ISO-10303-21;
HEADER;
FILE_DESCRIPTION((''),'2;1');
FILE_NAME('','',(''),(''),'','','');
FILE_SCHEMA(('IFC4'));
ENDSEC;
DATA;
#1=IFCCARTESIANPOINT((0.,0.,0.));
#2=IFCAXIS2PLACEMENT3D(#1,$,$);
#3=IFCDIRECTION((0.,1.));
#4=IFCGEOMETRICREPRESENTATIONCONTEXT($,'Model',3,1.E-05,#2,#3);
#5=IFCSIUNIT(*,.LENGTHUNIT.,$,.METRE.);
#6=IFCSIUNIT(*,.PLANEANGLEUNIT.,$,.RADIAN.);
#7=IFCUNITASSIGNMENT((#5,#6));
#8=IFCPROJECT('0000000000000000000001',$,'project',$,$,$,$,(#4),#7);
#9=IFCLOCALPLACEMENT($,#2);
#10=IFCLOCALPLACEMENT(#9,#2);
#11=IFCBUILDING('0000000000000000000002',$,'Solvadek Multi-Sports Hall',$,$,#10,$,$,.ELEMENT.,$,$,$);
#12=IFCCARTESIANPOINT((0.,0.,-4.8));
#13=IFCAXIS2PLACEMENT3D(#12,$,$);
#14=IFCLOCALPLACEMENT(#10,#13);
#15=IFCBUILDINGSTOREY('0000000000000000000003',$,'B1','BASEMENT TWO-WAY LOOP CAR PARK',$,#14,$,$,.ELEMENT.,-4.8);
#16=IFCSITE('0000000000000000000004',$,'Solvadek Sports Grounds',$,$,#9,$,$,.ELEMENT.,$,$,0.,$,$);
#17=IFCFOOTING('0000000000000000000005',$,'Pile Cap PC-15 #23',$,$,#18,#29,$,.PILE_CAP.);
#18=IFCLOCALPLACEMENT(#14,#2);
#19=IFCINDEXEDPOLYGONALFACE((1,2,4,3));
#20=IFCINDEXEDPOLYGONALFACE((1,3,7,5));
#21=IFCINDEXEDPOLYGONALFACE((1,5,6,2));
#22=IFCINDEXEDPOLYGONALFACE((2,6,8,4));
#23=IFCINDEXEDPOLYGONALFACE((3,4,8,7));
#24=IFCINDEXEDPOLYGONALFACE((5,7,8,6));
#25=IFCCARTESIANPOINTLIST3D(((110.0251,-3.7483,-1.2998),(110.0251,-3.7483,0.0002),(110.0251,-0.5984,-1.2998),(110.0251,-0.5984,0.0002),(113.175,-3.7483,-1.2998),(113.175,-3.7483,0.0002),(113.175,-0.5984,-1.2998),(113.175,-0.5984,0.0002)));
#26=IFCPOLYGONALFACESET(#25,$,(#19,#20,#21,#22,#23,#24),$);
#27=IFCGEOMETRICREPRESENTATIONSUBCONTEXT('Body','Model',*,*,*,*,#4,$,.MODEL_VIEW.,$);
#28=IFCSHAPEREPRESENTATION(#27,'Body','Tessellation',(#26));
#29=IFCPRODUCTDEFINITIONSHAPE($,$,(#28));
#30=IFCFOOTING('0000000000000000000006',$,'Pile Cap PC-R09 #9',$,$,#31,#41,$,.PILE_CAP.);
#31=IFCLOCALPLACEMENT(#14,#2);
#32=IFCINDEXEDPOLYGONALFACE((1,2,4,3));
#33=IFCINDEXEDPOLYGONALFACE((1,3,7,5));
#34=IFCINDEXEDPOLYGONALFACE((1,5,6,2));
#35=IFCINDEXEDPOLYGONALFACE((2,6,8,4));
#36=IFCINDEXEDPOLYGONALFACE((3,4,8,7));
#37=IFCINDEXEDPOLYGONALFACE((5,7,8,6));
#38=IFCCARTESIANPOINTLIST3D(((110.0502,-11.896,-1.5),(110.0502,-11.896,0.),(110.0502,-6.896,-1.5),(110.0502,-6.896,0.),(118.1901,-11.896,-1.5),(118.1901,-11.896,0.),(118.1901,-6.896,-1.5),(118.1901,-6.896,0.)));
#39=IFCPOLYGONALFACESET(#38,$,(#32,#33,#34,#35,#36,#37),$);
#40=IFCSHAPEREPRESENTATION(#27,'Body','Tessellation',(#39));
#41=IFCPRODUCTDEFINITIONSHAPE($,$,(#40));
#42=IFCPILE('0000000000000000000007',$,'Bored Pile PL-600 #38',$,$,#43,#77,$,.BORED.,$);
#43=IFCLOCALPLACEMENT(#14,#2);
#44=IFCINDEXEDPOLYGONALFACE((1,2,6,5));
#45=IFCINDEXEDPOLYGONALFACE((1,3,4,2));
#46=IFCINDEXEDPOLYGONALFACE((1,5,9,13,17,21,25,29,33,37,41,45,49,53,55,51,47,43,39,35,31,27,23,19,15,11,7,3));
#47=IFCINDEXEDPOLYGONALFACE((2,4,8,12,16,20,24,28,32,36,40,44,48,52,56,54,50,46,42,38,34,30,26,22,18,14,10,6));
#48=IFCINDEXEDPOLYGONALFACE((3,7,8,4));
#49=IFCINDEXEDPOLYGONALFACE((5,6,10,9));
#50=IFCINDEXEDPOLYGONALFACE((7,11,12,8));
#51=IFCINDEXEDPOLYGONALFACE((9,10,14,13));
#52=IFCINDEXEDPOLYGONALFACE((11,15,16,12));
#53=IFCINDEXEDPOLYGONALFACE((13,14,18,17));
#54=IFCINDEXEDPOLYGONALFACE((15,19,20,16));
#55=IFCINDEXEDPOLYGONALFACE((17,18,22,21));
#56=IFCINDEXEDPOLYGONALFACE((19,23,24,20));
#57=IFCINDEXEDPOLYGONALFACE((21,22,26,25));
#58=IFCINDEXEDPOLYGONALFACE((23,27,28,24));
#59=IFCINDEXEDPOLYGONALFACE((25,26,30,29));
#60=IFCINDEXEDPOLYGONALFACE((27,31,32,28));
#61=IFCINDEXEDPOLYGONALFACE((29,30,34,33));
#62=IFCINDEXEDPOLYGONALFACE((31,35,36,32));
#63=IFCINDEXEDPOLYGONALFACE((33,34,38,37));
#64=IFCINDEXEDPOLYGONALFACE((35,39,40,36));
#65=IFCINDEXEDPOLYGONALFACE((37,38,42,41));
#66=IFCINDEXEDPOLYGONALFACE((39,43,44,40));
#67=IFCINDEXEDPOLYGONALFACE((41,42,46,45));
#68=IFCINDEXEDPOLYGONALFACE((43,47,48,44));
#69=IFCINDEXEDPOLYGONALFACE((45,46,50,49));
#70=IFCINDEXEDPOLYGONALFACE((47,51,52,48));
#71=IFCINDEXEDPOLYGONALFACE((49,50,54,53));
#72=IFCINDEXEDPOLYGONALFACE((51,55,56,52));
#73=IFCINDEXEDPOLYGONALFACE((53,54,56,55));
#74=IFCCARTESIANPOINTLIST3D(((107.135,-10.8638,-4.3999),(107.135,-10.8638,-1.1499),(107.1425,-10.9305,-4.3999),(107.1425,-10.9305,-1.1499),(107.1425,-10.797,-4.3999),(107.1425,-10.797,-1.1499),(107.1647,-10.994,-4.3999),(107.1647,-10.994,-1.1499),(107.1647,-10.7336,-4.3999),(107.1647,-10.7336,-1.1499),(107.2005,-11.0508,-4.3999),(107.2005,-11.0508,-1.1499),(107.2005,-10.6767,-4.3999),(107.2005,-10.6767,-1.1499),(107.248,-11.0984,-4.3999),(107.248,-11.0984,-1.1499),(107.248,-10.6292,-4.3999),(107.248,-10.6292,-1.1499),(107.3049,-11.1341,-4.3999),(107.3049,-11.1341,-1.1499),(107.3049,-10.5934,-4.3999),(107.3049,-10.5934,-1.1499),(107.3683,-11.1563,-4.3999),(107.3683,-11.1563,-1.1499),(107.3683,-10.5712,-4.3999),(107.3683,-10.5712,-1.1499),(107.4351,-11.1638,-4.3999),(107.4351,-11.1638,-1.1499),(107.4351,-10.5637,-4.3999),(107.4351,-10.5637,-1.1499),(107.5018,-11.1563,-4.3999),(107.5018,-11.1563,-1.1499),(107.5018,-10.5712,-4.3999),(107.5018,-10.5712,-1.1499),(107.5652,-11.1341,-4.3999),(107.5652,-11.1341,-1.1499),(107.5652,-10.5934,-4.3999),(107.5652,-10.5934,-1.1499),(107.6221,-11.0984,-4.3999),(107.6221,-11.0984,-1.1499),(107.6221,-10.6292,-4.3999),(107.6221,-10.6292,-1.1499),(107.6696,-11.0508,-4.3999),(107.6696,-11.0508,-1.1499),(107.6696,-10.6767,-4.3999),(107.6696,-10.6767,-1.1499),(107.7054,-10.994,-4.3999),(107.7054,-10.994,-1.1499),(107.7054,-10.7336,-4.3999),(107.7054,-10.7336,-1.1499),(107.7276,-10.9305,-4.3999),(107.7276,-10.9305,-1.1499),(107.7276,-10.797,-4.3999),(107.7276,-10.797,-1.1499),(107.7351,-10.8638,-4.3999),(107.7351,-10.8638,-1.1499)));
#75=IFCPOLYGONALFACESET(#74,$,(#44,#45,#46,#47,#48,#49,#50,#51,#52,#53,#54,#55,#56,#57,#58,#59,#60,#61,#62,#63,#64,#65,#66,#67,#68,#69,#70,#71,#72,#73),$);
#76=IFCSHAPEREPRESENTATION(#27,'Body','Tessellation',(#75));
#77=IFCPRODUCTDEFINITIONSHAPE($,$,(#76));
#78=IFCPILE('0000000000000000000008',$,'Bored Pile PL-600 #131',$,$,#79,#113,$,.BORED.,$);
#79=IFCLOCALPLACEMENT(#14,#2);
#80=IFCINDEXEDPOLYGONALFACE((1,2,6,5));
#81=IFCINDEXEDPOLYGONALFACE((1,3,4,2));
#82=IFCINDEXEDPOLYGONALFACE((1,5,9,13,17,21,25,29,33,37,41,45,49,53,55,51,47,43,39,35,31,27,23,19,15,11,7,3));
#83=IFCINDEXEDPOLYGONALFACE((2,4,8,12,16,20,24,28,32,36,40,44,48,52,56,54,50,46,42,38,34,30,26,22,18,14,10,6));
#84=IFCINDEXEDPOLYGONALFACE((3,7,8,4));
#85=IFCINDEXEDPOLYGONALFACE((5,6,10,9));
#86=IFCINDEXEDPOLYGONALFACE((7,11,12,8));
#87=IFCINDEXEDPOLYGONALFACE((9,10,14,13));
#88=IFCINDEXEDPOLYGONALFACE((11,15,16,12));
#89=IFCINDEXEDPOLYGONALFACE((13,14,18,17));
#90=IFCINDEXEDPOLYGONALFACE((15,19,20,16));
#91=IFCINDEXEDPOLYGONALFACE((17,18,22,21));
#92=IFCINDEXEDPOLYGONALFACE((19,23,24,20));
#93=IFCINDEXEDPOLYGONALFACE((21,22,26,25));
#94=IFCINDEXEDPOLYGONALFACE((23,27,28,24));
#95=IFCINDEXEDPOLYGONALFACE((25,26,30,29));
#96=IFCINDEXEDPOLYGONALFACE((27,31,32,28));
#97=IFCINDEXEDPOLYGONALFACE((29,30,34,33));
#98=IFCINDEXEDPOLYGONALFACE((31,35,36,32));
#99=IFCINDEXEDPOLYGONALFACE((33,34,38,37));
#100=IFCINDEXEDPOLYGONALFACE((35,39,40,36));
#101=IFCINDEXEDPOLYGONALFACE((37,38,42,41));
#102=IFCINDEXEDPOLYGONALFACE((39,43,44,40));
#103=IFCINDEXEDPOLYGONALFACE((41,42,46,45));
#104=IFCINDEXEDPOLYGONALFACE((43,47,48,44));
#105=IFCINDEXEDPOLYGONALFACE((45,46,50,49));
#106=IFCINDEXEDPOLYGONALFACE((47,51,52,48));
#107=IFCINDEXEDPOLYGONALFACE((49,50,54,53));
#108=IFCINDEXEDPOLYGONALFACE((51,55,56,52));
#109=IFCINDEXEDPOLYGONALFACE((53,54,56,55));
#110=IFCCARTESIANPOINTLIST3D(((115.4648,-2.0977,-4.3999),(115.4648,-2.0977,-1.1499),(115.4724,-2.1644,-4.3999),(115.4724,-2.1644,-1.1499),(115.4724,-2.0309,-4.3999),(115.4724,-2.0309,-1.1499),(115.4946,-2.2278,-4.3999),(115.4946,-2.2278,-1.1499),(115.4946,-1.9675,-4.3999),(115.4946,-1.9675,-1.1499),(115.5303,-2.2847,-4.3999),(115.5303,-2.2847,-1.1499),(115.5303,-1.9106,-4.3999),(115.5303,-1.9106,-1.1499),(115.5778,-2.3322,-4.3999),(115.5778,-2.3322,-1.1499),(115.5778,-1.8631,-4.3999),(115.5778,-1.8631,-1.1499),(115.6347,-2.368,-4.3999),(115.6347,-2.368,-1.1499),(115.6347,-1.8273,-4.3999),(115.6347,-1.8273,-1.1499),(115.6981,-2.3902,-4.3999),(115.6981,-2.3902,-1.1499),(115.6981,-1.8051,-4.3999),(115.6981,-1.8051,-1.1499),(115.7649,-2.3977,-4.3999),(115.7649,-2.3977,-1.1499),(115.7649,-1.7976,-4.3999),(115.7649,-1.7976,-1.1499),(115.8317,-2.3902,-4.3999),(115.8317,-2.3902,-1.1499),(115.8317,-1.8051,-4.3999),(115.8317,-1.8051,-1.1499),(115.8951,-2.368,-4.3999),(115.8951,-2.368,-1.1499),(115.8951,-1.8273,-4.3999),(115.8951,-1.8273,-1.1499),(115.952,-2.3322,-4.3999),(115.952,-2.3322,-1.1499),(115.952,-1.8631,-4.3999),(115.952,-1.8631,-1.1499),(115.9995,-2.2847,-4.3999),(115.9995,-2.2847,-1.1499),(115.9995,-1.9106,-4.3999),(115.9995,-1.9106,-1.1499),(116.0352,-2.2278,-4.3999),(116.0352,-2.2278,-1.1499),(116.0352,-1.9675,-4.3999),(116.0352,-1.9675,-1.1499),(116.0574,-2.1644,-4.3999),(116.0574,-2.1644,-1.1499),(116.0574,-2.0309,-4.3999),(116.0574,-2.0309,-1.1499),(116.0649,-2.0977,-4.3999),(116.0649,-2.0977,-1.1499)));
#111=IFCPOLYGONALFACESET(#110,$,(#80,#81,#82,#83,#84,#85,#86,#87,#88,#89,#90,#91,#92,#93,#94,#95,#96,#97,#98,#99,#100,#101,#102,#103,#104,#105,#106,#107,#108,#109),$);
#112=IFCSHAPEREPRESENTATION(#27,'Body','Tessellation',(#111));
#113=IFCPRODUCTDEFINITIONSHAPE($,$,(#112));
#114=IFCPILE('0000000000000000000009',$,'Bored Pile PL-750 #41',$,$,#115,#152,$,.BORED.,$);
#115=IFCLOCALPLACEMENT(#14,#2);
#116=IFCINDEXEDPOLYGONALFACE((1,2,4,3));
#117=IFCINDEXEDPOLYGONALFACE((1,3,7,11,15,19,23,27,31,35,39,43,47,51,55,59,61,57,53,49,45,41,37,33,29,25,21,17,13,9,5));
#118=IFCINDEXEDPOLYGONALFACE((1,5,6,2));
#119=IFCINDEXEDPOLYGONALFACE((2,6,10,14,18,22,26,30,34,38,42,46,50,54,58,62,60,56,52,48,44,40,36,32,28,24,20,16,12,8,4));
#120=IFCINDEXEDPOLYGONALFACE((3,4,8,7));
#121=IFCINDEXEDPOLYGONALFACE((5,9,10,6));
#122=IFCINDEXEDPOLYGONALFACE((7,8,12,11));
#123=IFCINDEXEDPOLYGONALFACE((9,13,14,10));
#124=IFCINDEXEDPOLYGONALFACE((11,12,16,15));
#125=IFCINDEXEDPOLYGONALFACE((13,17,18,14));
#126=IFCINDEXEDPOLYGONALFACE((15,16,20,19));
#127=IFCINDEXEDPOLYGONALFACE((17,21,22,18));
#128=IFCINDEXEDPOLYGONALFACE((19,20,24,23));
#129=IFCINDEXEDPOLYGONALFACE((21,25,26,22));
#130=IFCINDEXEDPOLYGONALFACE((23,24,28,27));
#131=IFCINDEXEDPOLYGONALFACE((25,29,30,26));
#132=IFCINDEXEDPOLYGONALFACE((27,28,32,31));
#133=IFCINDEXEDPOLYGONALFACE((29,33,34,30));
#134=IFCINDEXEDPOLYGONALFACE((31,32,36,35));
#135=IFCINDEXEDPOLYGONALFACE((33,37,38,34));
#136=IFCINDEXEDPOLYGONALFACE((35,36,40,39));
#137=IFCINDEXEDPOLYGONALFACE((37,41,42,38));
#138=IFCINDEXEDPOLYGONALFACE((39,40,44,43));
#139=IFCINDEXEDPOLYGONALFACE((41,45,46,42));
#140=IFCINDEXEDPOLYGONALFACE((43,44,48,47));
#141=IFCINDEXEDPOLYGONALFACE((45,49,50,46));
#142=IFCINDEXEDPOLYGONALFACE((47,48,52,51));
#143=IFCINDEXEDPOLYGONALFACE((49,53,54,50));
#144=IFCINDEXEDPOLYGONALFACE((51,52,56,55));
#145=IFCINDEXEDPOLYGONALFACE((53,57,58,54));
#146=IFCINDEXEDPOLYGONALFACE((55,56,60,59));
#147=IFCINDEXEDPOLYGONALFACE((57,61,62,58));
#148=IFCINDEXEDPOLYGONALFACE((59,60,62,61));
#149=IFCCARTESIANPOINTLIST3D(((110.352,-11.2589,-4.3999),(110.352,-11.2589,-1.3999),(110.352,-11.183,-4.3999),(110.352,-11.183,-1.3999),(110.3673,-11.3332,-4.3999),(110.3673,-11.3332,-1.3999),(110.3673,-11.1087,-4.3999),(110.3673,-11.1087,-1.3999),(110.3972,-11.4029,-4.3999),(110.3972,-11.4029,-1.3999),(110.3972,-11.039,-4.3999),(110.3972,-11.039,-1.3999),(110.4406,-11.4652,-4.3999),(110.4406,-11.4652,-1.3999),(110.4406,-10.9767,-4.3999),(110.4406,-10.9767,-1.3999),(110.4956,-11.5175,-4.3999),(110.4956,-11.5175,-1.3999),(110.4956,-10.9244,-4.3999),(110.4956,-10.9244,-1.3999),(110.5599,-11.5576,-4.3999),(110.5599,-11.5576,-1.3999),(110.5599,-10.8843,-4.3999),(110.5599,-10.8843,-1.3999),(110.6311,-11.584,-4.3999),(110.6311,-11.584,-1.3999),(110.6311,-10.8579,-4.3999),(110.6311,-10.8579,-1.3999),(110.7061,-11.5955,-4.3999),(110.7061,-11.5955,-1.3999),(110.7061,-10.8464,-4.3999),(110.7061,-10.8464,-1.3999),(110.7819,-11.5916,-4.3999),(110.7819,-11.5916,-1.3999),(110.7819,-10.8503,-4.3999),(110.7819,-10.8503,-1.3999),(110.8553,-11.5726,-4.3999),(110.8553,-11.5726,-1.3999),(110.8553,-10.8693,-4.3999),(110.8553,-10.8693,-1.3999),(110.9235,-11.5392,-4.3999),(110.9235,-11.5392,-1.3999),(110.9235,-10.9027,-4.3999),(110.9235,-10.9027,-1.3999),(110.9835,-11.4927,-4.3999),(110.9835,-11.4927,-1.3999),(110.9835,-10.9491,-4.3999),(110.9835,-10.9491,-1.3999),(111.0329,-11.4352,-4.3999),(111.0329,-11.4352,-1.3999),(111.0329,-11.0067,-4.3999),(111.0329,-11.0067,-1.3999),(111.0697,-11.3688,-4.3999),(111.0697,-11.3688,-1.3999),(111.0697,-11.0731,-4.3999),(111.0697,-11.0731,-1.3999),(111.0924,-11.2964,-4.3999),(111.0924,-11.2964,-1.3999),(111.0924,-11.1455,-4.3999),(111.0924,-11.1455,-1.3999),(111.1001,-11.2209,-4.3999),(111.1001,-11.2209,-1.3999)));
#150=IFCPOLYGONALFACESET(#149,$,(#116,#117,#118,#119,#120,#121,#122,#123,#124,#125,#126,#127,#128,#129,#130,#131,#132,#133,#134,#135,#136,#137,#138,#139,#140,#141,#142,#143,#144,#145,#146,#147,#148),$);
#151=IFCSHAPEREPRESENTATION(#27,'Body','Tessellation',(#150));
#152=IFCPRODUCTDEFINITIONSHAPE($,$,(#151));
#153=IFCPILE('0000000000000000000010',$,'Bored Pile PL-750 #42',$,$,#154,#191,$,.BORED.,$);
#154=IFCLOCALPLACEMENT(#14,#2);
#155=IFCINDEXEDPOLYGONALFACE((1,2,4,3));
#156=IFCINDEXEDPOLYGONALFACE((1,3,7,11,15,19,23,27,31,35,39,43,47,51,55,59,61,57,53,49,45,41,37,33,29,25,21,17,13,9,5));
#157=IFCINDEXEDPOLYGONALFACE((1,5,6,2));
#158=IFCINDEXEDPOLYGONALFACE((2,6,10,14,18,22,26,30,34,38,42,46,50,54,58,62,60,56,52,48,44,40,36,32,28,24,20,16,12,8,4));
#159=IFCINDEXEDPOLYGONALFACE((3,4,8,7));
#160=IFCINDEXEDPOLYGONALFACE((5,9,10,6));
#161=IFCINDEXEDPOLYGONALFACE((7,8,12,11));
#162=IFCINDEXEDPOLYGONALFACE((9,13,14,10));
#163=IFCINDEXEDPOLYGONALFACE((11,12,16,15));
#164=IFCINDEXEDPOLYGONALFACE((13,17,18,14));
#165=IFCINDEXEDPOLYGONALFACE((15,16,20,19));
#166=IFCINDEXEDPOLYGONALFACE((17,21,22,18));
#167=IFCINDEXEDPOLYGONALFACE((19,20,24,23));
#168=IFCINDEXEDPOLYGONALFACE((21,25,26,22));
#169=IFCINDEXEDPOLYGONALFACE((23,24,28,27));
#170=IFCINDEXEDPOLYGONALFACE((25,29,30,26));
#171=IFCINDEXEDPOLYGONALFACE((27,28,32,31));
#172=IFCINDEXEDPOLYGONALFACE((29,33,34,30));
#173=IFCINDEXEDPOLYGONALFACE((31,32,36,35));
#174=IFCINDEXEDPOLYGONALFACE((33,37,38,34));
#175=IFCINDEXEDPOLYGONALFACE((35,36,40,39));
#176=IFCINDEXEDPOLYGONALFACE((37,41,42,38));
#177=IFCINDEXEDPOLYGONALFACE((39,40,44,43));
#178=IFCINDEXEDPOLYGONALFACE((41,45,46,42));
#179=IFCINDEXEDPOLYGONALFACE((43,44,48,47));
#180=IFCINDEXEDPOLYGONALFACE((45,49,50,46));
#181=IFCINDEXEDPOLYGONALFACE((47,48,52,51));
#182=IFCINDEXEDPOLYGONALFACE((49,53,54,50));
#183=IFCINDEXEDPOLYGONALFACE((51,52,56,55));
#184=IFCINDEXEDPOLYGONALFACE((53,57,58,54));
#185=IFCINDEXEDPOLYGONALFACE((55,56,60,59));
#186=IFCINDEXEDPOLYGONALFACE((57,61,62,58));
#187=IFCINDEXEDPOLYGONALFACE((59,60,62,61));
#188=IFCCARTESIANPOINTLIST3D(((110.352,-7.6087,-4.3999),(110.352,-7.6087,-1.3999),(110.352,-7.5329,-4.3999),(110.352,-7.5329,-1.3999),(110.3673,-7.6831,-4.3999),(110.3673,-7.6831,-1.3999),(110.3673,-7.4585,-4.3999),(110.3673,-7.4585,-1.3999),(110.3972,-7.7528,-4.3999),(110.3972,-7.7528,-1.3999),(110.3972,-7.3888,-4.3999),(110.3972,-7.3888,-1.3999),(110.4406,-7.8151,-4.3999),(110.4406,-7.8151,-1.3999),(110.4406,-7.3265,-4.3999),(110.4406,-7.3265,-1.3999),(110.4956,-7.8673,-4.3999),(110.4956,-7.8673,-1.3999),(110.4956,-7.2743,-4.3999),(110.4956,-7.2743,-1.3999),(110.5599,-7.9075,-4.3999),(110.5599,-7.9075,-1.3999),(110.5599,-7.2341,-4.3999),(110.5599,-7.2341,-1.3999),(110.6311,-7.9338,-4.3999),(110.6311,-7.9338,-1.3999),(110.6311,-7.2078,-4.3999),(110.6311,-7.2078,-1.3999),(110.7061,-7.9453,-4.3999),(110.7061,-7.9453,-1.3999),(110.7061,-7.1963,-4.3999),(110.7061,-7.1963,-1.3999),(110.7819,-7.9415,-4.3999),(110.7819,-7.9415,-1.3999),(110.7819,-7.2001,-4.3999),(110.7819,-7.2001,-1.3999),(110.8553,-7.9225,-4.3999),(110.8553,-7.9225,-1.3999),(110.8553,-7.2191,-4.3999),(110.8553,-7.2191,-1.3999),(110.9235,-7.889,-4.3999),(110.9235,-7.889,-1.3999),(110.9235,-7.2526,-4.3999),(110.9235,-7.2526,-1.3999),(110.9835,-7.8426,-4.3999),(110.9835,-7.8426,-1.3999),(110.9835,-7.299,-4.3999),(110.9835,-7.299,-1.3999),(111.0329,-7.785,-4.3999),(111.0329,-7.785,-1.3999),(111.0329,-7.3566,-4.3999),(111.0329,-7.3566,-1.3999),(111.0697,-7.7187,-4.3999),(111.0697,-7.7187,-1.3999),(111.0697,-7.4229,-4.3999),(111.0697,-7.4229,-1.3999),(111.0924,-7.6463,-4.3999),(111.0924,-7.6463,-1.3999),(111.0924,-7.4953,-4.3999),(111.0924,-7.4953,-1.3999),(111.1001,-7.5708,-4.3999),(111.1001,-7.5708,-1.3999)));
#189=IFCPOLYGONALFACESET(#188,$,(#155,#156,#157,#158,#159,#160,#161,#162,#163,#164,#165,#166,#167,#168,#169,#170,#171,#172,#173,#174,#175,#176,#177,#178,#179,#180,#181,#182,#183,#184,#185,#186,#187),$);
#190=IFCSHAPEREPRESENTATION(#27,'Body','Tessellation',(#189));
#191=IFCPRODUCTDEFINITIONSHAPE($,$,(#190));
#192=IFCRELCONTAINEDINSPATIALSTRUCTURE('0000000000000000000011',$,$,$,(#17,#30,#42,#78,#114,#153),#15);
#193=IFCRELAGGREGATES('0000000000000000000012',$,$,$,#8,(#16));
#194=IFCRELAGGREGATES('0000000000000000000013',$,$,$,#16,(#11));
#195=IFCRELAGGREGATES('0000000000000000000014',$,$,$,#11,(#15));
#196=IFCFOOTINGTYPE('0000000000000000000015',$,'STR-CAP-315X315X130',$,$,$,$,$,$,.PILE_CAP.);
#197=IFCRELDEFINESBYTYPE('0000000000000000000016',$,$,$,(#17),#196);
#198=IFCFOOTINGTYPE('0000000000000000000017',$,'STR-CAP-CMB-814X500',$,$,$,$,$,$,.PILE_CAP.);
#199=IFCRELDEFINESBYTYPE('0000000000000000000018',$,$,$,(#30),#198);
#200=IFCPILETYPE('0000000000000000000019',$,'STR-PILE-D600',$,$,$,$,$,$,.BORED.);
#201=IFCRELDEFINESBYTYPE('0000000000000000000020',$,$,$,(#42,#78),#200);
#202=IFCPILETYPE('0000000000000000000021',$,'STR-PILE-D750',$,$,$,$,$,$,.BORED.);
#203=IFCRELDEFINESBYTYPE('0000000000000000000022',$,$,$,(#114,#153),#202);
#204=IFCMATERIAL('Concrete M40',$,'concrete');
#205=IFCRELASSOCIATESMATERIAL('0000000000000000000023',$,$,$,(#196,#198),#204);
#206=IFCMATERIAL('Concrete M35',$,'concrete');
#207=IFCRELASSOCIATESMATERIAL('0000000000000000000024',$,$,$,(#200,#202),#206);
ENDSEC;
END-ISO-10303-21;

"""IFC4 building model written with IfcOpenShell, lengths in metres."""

from ifc_helpers import new_model, si_unit, direction, frame, origin, origin_2d, place, context, subcontext, project, spatial, rectangle, circle, extrude, material, material_profile, profile_set, type_object, element, save


model = new_model("IFC4")

# Units and contexts
model_context = context("Model", 3, precision=1e-05, world=origin(), true_north=direction((0.0, 1.0)))
body_context = subcontext(model_context, "Body", "Model", "MODEL_VIEW")
ifc_project = project(units=[si_unit("LENGTHUNIT", "METRE"), si_unit("PLANEANGLEUNIT", "RADIAN")], contexts=[model_context])

# Site, building, storey
site_placement = place(None, origin())
site = spatial("IfcSite", under=ifc_project, at=site_placement, Name="Solvadek Sports Grounds", CompositionType="ELEMENT", RefElevation=0.0)
building_placement = place(site_placement, origin())
building = spatial("IfcBuilding", under=site, at=building_placement, Name="Solvadek Multi-Sports Hall", CompositionType="ELEMENT")
storey_placement = place(building_placement, frame((0.0, 0.0, -4.8)))
storey = spatial("IfcBuildingStorey", under=building, at=storey_placement, Name="B1", Description="BASEMENT TWO-WAY LOOP CAR PARK", CompositionType="ELEMENT", Elevation=-4.8)

# Footings
ifc_material_1 = material(Name="Concrete M40", Category="concrete")
footing_type_1 = type_object("IfcFootingType", Name="STR-CAP-315X315X130", PredefinedType="PILE_CAP", material=ifc_material_1)
footing_1_placement = place(storey_placement, frame((111.6001, -2.1733, -1.2998), z_axis=(0.0, 0.0, 1.0), x_axis=(1.0, 0.0, 0.0)))
element("IfcFooting", 1, at=footing_1_placement, inside=storey, type_object=footing_type_1, Name="Pile Cap PC-15 #23", PredefinedType="PILE_CAP", context=body_context, shape_type="SweptSolid", body=[
    extrude(rectangle(XDim=3.1499, YDim=3.1499, at=origin_2d()), origin(), (0.0, 0.0, 1.0), 1.3),
])
footing_type_2 = type_object("IfcFootingType", Name="STR-CAP-CMB-814X500", PredefinedType="PILE_CAP", material=ifc_material_1)
footing_2_placement = place(storey_placement, frame((114.1201, -9.396, -1.5), z_axis=(0.0, 0.0, 1.0), x_axis=(1.0, 0.0, 0.0)))
element("IfcFooting", 2, at=footing_2_placement, inside=storey, type_object=footing_type_2, Name="Pile Cap PC-R09 #9", PredefinedType="PILE_CAP", context=body_context, shape_type="SweptSolid", body=[
    extrude(rectangle(XDim=8.1399, YDim=5.0, at=origin_2d()), origin(), (0.0, 0.0, 1.0), 1.5),
])

# Piles
ifc_material_2 = material(Name="Concrete M35", Category="concrete")
ifc_material_profile_1 = material_profile(ifc_material_2, circle(Radius=0.3, at=origin_2d()), Name="BORED PILE D600")
ifc_profile_set_1 = profile_set([ifc_material_profile_1], Name="Concrete M35")
pile_type_1 = type_object("IfcPileType", Name="STR-PILE-D600", PredefinedType="BORED", material=ifc_profile_set_1)
for number, where, z_axis, x_axis, name in (
    (3, (107.4351, -10.8638, -1.1499), (0.0, 0.0, -1.0), (1.0, 0.0, 0.0), "Bored Pile PL-600 #38"),
    (4, (115.7649, -2.0977, -1.1499), (0.0, 0.0, -1.0), (1.0, 0.0, 0.0), "Bored Pile PL-600 #131"),
):
    element("IfcPile", number, at=place(storey_placement, frame(where, z_axis=z_axis, x_axis=x_axis)), inside=storey, type_object=pile_type_1, Name=name, PredefinedType="BORED", context=body_context, shape_type="SweptSolid", body=[
        extrude(circle(Radius=0.3, at=origin_2d()), origin(), (0.0, 0.0, 1.0), 3.25),
    ])
ifc_material_profile_2 = material_profile(ifc_material_2, circle(Radius=0.375, at=origin_2d()), Name="BORED PILE D750")
ifc_profile_set_2 = profile_set([ifc_material_profile_2], Name="Concrete M35")
pile_type_2 = type_object("IfcPileType", Name="STR-PILE-D750", PredefinedType="BORED", material=ifc_profile_set_2)
for number, where, z_axis, x_axis, name in (
    (5, (110.7251, -11.2209, -1.3999), (0.0, 0.0, -1.0), (1.0, 0.0, 0.0), "Bored Pile PL-750 #41"),
    (6, (110.7251, -7.5708, -1.3999), (0.0, 0.0, -1.0), (1.0, 0.0, 0.0), "Bored Pile PL-750 #42"),
):
    element("IfcPile", number, at=place(storey_placement, frame(where, z_axis=z_axis, x_axis=x_axis)), inside=storey, type_object=pile_type_2, Name=name, PredefinedType="BORED", context=body_context, shape_type="SweptSolid", body=[
        extrude(circle(Radius=0.375, at=origin_2d()), origin(), (0.0, 0.0, 1.0), 3.0),
    ])

save(model, "model.ifc")
